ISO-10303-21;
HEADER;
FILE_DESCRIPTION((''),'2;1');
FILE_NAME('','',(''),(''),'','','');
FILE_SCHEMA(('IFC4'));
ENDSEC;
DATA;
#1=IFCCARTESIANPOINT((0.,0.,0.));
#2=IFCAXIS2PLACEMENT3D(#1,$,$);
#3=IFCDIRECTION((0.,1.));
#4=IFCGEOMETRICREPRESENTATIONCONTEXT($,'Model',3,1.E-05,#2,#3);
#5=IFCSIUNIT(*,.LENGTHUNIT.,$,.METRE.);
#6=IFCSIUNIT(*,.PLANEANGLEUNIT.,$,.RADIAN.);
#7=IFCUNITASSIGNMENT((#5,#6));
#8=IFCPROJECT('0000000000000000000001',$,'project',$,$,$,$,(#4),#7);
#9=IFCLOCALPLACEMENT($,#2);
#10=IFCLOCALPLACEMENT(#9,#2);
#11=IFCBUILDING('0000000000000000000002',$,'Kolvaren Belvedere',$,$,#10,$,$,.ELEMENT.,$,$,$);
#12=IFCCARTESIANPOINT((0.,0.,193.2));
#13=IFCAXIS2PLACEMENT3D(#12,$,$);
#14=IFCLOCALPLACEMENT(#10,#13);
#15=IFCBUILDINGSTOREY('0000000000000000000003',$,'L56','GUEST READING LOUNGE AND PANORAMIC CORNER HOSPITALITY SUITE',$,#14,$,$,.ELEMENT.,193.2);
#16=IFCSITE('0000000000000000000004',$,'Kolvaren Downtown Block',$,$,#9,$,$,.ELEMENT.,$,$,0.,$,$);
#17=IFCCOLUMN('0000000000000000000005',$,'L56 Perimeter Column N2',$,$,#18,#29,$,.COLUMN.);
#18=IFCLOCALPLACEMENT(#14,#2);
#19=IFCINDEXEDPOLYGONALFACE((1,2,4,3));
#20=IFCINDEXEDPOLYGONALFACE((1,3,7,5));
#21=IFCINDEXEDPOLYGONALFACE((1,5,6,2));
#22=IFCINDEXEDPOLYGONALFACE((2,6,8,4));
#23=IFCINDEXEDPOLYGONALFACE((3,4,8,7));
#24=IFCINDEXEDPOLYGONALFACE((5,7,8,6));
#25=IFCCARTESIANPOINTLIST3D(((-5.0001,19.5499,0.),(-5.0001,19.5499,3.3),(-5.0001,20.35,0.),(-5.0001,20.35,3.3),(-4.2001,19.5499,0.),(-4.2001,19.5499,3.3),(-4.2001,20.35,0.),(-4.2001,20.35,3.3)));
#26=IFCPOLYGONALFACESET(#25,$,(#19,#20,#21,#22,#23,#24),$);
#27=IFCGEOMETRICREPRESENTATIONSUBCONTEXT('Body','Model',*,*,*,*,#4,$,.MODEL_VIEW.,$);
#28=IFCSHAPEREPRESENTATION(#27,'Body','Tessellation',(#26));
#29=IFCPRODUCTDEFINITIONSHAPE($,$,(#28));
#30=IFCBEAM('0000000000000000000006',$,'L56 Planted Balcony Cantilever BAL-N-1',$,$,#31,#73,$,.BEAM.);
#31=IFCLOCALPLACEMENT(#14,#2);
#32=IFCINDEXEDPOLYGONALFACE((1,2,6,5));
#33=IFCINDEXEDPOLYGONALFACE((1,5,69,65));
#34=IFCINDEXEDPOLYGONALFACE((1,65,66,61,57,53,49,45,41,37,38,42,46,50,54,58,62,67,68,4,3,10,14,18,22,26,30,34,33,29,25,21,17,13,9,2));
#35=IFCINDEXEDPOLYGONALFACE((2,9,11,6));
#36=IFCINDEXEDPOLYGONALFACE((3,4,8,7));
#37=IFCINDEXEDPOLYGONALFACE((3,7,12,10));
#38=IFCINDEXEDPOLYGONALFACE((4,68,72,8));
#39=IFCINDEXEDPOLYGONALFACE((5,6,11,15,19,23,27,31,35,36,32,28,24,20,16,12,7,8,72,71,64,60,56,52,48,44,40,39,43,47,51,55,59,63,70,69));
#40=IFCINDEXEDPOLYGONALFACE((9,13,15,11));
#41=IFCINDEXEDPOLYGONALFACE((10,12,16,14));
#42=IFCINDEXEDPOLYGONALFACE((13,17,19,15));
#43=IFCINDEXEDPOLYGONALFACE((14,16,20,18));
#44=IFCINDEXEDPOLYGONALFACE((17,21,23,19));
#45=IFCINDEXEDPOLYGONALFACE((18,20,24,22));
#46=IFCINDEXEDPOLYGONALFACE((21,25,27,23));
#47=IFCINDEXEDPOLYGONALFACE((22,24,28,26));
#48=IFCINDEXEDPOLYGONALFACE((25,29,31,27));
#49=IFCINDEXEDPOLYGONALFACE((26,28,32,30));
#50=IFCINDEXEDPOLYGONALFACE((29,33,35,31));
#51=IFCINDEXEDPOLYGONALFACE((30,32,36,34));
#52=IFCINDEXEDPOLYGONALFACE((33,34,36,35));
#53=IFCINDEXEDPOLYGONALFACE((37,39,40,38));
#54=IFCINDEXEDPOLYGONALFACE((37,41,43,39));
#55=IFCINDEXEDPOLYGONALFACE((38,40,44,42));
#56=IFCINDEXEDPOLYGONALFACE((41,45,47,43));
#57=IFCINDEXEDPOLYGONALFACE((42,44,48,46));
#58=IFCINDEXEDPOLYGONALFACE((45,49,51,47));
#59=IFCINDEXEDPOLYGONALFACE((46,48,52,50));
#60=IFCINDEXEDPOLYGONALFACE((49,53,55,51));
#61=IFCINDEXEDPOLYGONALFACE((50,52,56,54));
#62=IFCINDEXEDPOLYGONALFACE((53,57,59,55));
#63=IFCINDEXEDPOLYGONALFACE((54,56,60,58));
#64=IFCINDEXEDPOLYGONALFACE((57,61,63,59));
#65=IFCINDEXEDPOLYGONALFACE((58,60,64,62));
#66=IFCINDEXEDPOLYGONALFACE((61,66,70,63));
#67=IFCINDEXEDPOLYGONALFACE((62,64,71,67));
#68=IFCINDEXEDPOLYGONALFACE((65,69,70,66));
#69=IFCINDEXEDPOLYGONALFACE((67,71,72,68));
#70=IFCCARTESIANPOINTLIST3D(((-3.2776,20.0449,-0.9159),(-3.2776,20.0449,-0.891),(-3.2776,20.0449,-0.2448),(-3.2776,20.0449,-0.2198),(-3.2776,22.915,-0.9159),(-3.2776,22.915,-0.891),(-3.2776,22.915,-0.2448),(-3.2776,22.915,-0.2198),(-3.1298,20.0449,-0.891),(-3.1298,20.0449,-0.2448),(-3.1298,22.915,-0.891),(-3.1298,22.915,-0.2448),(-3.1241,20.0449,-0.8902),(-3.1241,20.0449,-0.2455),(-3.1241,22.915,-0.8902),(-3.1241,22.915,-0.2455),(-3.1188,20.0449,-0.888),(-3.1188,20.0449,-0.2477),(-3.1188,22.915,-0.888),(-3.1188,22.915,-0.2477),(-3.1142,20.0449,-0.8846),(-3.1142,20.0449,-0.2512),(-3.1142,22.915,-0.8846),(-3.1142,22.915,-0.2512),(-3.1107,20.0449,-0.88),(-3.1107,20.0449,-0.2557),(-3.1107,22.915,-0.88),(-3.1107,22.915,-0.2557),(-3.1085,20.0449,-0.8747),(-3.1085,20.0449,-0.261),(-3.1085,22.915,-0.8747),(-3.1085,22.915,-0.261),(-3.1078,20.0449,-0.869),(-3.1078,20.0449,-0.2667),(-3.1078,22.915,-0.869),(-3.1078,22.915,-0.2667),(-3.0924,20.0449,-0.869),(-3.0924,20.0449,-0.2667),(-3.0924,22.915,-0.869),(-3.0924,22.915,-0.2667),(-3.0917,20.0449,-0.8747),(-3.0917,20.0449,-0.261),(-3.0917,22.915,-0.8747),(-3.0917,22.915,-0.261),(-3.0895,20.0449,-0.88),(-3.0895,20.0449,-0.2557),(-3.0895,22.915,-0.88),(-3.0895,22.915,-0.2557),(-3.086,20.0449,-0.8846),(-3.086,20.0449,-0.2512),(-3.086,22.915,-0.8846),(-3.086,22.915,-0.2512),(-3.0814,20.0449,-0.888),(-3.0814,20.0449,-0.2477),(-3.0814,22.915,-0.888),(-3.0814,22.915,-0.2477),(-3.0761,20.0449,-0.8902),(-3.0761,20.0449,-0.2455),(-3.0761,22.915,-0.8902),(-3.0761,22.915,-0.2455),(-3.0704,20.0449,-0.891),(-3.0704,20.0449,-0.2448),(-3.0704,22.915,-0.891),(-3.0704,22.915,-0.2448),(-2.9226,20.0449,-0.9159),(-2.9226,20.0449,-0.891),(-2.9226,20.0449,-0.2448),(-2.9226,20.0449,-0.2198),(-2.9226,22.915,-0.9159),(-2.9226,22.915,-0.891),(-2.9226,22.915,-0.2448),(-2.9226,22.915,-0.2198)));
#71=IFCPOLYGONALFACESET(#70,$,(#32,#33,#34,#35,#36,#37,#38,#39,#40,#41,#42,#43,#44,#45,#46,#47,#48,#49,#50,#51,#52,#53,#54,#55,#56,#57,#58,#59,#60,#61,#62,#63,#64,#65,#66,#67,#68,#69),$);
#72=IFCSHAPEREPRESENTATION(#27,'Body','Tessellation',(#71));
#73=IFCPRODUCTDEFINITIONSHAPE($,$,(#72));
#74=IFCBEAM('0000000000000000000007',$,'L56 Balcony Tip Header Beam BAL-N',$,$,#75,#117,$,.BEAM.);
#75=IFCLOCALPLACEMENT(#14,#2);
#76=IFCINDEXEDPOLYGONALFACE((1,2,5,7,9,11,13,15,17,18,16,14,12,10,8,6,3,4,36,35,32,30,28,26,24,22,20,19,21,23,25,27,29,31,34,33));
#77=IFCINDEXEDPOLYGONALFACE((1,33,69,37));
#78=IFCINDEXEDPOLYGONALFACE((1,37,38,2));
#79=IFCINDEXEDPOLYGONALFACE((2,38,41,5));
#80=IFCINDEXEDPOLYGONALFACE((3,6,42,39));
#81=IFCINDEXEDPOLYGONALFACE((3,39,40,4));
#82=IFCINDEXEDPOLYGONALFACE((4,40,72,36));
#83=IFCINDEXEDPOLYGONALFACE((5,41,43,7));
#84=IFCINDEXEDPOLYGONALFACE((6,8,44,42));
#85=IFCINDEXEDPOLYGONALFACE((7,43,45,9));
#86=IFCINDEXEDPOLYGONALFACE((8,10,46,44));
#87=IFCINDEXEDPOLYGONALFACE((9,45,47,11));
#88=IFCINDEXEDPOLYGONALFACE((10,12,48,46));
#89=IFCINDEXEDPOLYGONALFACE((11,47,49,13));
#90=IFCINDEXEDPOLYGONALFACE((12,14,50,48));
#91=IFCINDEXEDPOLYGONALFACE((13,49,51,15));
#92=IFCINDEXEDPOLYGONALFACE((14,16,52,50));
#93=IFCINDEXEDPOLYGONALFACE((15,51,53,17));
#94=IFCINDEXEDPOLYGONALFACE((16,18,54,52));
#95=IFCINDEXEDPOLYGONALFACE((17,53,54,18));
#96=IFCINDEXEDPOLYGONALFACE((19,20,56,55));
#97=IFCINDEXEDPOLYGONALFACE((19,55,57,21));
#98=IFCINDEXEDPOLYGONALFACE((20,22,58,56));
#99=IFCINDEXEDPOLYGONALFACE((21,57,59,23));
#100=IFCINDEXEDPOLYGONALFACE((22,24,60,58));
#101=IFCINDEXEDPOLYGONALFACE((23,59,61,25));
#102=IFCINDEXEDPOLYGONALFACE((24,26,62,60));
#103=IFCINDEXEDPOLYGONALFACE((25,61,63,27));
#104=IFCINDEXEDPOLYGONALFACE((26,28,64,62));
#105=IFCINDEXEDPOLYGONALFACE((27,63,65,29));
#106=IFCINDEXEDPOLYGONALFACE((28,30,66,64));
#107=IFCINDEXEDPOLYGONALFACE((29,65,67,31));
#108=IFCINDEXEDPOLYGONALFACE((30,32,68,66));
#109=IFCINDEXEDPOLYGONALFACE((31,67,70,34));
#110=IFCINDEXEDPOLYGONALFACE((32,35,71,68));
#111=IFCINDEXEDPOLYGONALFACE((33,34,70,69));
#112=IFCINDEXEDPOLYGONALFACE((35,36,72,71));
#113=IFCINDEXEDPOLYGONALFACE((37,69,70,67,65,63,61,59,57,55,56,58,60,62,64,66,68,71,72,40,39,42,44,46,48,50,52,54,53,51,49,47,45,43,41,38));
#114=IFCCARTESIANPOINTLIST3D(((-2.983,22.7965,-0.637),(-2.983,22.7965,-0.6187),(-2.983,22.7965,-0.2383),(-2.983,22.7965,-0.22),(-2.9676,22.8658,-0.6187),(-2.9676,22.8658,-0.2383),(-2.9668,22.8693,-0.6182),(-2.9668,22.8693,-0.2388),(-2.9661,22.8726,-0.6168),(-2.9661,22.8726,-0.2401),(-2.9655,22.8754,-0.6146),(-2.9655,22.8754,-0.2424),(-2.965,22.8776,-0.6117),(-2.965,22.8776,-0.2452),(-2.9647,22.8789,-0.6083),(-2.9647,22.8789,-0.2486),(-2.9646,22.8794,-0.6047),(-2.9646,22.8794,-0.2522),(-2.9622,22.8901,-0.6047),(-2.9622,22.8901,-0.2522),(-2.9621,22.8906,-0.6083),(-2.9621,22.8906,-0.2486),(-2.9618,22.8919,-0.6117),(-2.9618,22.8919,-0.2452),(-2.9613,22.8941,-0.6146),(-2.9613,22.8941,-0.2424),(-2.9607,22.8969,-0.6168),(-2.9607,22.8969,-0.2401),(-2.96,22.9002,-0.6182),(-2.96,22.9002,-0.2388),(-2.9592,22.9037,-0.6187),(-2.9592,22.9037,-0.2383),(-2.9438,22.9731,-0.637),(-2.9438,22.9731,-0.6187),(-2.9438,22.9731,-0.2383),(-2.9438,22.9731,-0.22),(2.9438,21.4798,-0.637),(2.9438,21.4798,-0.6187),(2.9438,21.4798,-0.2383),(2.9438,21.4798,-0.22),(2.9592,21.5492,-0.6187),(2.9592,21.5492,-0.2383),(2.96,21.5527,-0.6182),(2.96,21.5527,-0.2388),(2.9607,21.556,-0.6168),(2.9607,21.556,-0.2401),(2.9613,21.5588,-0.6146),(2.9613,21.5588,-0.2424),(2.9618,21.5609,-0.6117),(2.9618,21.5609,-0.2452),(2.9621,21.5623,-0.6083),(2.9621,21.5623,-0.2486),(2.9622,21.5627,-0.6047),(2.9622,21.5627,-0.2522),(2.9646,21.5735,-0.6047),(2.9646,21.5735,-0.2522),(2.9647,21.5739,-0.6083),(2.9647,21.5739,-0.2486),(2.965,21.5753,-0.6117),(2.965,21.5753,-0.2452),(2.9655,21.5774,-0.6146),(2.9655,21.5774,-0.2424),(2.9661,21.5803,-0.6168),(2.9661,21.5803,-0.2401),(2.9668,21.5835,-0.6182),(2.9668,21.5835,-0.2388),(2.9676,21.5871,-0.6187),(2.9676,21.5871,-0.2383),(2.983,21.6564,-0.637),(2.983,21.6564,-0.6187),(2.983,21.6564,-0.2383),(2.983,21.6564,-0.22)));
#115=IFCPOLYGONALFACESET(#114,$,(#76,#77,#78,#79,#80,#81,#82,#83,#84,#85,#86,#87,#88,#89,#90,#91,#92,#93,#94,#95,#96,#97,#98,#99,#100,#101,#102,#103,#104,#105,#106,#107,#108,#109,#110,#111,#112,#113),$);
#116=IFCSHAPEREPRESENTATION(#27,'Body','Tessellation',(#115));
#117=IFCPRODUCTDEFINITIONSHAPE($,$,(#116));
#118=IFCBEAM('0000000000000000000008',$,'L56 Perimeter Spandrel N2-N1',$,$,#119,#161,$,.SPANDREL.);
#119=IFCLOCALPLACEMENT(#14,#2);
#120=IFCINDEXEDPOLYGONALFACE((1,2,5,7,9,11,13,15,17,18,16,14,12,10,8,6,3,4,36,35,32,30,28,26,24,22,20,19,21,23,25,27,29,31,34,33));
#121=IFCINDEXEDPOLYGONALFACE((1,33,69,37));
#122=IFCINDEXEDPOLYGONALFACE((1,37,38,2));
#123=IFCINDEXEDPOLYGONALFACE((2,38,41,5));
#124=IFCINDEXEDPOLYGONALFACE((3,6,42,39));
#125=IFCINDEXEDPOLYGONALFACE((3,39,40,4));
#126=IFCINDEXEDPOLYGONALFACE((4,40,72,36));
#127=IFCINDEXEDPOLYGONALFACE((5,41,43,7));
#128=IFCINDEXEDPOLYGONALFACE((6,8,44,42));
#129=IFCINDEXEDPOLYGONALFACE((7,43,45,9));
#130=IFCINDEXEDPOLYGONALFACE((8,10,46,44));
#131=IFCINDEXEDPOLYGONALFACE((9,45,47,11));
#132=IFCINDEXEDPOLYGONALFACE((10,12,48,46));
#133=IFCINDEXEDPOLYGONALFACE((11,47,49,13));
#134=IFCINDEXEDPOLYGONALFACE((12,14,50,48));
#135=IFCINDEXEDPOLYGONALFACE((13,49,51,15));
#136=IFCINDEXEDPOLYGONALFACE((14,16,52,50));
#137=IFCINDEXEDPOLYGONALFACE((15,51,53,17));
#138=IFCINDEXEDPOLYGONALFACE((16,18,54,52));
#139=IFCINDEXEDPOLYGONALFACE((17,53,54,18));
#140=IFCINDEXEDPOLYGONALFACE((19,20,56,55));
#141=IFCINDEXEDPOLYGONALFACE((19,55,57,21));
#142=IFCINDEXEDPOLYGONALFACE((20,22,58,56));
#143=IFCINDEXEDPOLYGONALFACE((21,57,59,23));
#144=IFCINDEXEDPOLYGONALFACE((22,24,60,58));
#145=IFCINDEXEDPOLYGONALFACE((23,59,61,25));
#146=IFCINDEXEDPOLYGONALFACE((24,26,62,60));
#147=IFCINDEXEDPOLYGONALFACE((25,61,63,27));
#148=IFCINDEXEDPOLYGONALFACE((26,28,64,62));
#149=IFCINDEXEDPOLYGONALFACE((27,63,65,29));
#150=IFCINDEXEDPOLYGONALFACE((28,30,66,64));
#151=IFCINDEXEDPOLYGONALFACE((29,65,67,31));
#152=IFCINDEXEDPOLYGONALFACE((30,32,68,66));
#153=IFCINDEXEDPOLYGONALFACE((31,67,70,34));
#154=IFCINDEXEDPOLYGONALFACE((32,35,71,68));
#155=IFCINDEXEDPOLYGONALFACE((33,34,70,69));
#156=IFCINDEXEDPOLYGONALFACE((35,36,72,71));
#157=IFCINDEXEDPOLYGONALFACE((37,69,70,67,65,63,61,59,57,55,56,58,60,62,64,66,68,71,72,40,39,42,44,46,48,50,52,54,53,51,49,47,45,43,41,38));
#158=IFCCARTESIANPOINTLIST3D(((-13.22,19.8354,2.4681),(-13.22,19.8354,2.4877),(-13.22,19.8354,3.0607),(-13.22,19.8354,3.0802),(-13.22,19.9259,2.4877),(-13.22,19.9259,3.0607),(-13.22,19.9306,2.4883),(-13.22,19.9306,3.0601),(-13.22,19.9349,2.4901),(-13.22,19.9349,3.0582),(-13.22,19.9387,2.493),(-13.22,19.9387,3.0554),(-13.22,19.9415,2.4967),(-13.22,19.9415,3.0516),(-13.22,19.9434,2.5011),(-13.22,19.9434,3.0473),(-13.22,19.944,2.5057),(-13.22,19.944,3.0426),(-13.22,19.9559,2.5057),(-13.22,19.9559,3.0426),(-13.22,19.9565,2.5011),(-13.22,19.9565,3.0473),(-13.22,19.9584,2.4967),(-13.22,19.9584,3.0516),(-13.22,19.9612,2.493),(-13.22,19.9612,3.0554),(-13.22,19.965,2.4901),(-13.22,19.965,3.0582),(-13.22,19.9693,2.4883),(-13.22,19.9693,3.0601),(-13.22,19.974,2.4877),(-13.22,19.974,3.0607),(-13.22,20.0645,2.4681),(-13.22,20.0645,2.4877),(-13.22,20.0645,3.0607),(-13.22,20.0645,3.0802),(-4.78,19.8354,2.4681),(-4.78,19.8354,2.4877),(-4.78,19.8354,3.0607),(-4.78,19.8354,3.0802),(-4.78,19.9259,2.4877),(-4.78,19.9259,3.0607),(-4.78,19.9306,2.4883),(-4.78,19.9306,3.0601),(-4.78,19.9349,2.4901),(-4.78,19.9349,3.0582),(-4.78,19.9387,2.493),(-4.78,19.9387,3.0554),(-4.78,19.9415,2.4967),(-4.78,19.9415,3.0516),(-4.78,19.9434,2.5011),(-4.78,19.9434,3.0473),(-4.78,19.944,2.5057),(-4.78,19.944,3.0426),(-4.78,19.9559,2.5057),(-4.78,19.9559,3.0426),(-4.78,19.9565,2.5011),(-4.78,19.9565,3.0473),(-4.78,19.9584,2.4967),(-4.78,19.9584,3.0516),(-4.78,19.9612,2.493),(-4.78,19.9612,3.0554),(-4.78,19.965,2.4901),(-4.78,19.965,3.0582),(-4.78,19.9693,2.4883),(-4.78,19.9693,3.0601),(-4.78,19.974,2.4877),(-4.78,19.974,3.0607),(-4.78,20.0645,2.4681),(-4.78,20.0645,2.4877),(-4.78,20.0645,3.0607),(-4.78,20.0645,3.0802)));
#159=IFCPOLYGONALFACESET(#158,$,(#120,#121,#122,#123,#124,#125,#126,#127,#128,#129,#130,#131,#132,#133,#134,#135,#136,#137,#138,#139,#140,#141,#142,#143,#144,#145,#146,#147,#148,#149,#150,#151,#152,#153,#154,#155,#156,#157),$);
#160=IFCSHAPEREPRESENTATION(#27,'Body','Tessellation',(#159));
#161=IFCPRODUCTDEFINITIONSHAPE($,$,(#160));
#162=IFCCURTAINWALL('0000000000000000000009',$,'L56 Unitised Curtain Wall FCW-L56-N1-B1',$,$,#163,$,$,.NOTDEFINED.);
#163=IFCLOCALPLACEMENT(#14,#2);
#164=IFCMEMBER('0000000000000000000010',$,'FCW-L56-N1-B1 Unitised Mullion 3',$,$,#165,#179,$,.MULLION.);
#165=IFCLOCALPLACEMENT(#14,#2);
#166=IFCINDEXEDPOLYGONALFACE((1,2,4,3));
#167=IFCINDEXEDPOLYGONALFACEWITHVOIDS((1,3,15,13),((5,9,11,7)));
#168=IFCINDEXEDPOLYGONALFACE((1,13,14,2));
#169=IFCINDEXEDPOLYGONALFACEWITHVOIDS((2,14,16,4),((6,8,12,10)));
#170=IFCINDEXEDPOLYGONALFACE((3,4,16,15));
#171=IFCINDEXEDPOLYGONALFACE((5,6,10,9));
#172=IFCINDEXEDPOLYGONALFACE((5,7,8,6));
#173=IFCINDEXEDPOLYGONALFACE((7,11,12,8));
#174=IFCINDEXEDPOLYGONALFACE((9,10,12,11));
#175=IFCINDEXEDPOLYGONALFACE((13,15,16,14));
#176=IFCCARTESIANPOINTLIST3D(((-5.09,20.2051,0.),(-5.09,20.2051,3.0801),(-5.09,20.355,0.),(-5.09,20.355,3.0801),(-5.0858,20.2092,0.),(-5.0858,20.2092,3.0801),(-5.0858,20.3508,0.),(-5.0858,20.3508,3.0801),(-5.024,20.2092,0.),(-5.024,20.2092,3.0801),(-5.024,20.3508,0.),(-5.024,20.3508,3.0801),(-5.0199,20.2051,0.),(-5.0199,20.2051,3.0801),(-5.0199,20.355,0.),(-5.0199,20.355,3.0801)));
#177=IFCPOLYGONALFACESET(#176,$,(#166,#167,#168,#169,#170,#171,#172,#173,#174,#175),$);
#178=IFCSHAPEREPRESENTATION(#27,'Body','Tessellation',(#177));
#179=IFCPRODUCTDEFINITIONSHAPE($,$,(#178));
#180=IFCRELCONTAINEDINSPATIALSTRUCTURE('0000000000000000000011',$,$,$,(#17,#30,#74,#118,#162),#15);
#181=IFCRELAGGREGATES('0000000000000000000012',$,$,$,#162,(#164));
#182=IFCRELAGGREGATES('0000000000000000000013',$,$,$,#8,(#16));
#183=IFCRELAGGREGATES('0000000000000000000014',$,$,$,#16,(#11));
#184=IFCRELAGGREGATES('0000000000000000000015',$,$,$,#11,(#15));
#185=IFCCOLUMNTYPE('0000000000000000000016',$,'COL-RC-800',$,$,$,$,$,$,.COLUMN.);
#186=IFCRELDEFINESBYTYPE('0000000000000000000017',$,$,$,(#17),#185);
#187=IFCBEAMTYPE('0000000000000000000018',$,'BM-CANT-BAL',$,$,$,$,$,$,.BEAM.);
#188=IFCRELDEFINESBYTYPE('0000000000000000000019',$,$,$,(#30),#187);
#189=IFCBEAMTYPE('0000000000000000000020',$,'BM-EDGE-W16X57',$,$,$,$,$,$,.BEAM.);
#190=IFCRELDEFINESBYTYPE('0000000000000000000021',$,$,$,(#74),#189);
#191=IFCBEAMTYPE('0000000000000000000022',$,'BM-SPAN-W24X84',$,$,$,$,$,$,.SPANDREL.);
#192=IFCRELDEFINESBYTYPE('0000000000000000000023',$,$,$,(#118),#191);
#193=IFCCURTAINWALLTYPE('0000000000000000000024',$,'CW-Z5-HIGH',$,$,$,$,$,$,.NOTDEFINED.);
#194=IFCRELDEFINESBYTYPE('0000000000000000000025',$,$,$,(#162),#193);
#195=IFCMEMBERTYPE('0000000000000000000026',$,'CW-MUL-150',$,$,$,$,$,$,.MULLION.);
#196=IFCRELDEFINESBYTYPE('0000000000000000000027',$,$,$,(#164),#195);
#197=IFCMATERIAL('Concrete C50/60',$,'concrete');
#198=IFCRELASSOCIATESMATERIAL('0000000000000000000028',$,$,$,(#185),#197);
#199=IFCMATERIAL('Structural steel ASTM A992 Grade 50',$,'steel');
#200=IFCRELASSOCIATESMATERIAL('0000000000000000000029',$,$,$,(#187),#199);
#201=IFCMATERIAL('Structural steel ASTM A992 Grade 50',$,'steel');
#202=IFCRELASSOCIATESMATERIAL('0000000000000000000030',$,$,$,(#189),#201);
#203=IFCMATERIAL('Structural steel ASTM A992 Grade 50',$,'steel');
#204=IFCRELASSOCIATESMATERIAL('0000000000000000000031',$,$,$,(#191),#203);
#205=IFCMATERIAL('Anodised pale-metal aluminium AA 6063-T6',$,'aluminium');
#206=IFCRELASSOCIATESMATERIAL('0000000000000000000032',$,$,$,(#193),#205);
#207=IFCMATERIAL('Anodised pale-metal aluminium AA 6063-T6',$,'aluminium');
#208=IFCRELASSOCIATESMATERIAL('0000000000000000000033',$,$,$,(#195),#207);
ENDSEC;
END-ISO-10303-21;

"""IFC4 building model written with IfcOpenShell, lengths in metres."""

from ifc_helpers import new_model, si_unit, direction, frame, origin, origin_2d, place, context, subcontext, project, spatial, rectangle, hollow_rectangle, i_section, extrude, material, material_profile, profile_set, type_object, element, aggregate, save


model = new_model("IFC4")

# Units and contexts
model_context = context("Model", 3, precision=1e-05, world=origin(), true_north=direction((0.0, 1.0)))
body_context = subcontext(model_context, "Body", "Model", "MODEL_VIEW")
ifc_project = project(units=[si_unit("LENGTHUNIT", "METRE"), si_unit("PLANEANGLEUNIT", "RADIAN")], contexts=[model_context])

# Site, building, storey
site_placement = place(None, origin())
site = spatial("IfcSite", under=ifc_project, at=site_placement, Name="Kolvaren Downtown Block", CompositionType="ELEMENT", RefElevation=0.0)
building_placement = place(site_placement, origin())
building = spatial("IfcBuilding", under=site, at=building_placement, Name="Kolvaren Belvedere", CompositionType="ELEMENT")
storey_placement = place(building_placement, frame((0.0, 0.0, 193.2)))
storey = spatial("IfcBuildingStorey", under=building, at=storey_placement, Name="L56", Description="GUEST READING LOUNGE AND PANORAMIC CORNER HOSPITALITY SUITE", CompositionType="ELEMENT", Elevation=193.2)

# Column
ifc_material_1 = material(Name="Concrete C50/60", Category="concrete")
ifc_material_profile_1 = material_profile(ifc_material_1, rectangle(XDim=0.8, YDim=0.8, at=origin_2d()), Name="RC 800X800")
ifc_profile_set_1 = profile_set([ifc_material_profile_1], Name="Concrete C50/60")
column_type = type_object("IfcColumnType", Name="COL-RC-800", PredefinedType="COLUMN", material=ifc_profile_set_1)
column_placement = place(storey_placement, frame((-4.6001, 19.95, 0.0), z_axis=(0.0, 0.0, 1.0), x_axis=(1.0, 0.0, 0.0)))
element("IfcColumn", 1, at=column_placement, inside=storey, type_object=column_type, Name="L56 Perimeter Column N2", PredefinedType="COLUMN", context=body_context, shape_type="SweptSolid", body=[
    extrude(rectangle(XDim=0.8, YDim=0.8, at=origin_2d()), origin(), (0.0, 0.0, 1.0), 3.3),
])

# Beams
ifc_material_2 = material(Name="Structural steel ASTM A992 Grade 50", Category="steel")
ifc_material_profile_2 = material_profile(ifc_material_2, i_section(OverallWidth=0.355, OverallDepth=0.696, WebThickness=0.0154, FlangeThickness=0.0249, FilletRadius=0.022, at=origin_2d()), Name="W27X146")
ifc_profile_set_2 = profile_set([ifc_material_profile_2], Name="Structural steel ASTM A992 Grade 50")
beam_type_1 = type_object("IfcBeamType", Name="BM-CANT-BAL", PredefinedType="BEAM", material=ifc_profile_set_2)
beam_1_placement = place(storey_placement, frame((-3.1001, 20.0449, -0.5679), z_axis=(0.0, 1.0, 0.0), x_axis=(-1.0, 0.0, 0.0)))
element("IfcBeam", 2, at=beam_1_placement, inside=storey, type_object=beam_type_1, Name="L56 Planted Balcony Cantilever BAL-N-1", PredefinedType="BEAM", context=body_context, shape_type="SweptSolid", body=[
    extrude(i_section(OverallWidth=0.355, OverallDepth=0.696, WebThickness=0.0154, FlangeThickness=0.0249, FilletRadius=0.022, at=origin_2d()), origin(), (0.0, 0.0, 1.0), 2.8701),
])
ifc_material_3 = material(Name="Structural steel ASTM A992 Grade 50", Category="steel")
ifc_material_profile_3 = material_profile(ifc_material_3, i_section(OverallWidth=0.1809, OverallDepth=0.417, WebThickness=0.011, FlangeThickness=0.0183, FilletRadius=0.0139, at=origin_2d()), Name="W16X57")
ifc_profile_set_3 = profile_set([ifc_material_profile_3], Name="Structural steel ASTM A992 Grade 50")
beam_type_2 = type_object("IfcBeamType", Name="BM-EDGE-W16X57", PredefinedType="BEAM", material=ifc_profile_set_3)
beam_2_placement = place(storey_placement, frame((-2.9634, 22.8848, -0.4285), z_axis=(0.976201, -0.216867, 0.0), x_axis=(0.216867, 0.976201, 0.0)))
element("IfcBeam", 3, at=beam_2_placement, inside=storey, type_object=beam_type_2, Name="L56 Balcony Tip Header Beam BAL-N", PredefinedType="BEAM", context=body_context, shape_type="SweptSolid", body=[
    extrude(i_section(OverallWidth=0.1809, OverallDepth=0.417, WebThickness=0.011, FlangeThickness=0.0183, FilletRadius=0.0139, at=origin_2d()), origin(), (0.0, 0.0, 1.0), 6.0713),
])
ifc_material_4 = material(Name="Structural steel ASTM A992 Grade 50", Category="steel")
ifc_material_profile_4 = material_profile(ifc_material_4, i_section(OverallWidth=0.229, OverallDepth=0.6121, WebThickness=0.012, FlangeThickness=0.0195, FilletRadius=0.0181, at=origin_2d()), Name="W24X84")
ifc_profile_set_4 = profile_set([ifc_material_profile_4], Name="Structural steel ASTM A992 Grade 50")
beam_type_3 = type_object("IfcBeamType", Name="BM-SPAN-W24X84", PredefinedType="SPANDREL", material=ifc_profile_set_4)
beam_3_placement = place(storey_placement, frame((-4.78, 19.95, 2.7742), z_axis=(-1.0, 0.0, 0.0), x_axis=(0.0, -1.0, 0.0)))
element("IfcBeam", 4, at=beam_3_placement, inside=storey, type_object=beam_type_3, Name="L56 Perimeter Spandrel N2-N1", PredefinedType="SPANDREL", context=body_context, shape_type="SweptSolid", body=[
    extrude(i_section(OverallWidth=0.229, OverallDepth=0.6121, WebThickness=0.012, FlangeThickness=0.0195, FilletRadius=0.0181, at=origin_2d()), origin(), (0.0, 0.0, 1.0), 8.4399),
])

# Curtain wall, member
ifc_material_5 = material(Name="Anodised pale-metal aluminium AA 6063-T6", Category="aluminium")
curtain_wall_type = type_object("IfcCurtainWallType", Name="CW-Z5-HIGH", PredefinedType="NOTDEFINED", material=ifc_material_5)
curtain_wall_1_placement = place(storey_placement, origin())
curtain_wall_1 = element("IfcCurtainWall", 5, at=curtain_wall_1_placement, inside=storey, type_object=curtain_wall_type, Name="L56 Unitised Curtain Wall FCW-L56-N1-B1", PredefinedType="NOTDEFINED")
ifc_material_6 = material(Name="Anodised pale-metal aluminium AA 6063-T6", Category="aluminium")
ifc_material_profile_5 = material_profile(ifc_material_6, hollow_rectangle(XDim=0.0701, YDim=0.1499, WallThickness=0.0042, at=origin_2d()), Name="ALU-MUL-150X70")
ifc_profile_set_5 = profile_set([ifc_material_profile_5], Name="Anodised pale-metal aluminium AA 6063-T6")
member_type_1 = type_object("IfcMemberType", Name="CW-MUL-150", PredefinedType="MULLION", material=ifc_profile_set_5)
member_1_placement = place(storey_placement, frame((-5.0549, 20.28, 0.0), z_axis=(0.0, 0.0, 1.0), x_axis=(1.0, 0.0, 0.0)))
member_1 = element("IfcMember", 6, at=member_1_placement, type_object=member_type_1, Name="FCW-L56-N1-B1 Unitised Mullion 3", PredefinedType="MULLION", context=body_context, shape_type="SweptSolid", body=[
    extrude(hollow_rectangle(XDim=0.0701, YDim=0.1499, WallThickness=0.0042, at=origin_2d()), origin(), (0.0, 0.0, 1.0), 3.0801),
])
aggregate(curtain_wall_1, [member_1])

save(model, "model.ifc")
